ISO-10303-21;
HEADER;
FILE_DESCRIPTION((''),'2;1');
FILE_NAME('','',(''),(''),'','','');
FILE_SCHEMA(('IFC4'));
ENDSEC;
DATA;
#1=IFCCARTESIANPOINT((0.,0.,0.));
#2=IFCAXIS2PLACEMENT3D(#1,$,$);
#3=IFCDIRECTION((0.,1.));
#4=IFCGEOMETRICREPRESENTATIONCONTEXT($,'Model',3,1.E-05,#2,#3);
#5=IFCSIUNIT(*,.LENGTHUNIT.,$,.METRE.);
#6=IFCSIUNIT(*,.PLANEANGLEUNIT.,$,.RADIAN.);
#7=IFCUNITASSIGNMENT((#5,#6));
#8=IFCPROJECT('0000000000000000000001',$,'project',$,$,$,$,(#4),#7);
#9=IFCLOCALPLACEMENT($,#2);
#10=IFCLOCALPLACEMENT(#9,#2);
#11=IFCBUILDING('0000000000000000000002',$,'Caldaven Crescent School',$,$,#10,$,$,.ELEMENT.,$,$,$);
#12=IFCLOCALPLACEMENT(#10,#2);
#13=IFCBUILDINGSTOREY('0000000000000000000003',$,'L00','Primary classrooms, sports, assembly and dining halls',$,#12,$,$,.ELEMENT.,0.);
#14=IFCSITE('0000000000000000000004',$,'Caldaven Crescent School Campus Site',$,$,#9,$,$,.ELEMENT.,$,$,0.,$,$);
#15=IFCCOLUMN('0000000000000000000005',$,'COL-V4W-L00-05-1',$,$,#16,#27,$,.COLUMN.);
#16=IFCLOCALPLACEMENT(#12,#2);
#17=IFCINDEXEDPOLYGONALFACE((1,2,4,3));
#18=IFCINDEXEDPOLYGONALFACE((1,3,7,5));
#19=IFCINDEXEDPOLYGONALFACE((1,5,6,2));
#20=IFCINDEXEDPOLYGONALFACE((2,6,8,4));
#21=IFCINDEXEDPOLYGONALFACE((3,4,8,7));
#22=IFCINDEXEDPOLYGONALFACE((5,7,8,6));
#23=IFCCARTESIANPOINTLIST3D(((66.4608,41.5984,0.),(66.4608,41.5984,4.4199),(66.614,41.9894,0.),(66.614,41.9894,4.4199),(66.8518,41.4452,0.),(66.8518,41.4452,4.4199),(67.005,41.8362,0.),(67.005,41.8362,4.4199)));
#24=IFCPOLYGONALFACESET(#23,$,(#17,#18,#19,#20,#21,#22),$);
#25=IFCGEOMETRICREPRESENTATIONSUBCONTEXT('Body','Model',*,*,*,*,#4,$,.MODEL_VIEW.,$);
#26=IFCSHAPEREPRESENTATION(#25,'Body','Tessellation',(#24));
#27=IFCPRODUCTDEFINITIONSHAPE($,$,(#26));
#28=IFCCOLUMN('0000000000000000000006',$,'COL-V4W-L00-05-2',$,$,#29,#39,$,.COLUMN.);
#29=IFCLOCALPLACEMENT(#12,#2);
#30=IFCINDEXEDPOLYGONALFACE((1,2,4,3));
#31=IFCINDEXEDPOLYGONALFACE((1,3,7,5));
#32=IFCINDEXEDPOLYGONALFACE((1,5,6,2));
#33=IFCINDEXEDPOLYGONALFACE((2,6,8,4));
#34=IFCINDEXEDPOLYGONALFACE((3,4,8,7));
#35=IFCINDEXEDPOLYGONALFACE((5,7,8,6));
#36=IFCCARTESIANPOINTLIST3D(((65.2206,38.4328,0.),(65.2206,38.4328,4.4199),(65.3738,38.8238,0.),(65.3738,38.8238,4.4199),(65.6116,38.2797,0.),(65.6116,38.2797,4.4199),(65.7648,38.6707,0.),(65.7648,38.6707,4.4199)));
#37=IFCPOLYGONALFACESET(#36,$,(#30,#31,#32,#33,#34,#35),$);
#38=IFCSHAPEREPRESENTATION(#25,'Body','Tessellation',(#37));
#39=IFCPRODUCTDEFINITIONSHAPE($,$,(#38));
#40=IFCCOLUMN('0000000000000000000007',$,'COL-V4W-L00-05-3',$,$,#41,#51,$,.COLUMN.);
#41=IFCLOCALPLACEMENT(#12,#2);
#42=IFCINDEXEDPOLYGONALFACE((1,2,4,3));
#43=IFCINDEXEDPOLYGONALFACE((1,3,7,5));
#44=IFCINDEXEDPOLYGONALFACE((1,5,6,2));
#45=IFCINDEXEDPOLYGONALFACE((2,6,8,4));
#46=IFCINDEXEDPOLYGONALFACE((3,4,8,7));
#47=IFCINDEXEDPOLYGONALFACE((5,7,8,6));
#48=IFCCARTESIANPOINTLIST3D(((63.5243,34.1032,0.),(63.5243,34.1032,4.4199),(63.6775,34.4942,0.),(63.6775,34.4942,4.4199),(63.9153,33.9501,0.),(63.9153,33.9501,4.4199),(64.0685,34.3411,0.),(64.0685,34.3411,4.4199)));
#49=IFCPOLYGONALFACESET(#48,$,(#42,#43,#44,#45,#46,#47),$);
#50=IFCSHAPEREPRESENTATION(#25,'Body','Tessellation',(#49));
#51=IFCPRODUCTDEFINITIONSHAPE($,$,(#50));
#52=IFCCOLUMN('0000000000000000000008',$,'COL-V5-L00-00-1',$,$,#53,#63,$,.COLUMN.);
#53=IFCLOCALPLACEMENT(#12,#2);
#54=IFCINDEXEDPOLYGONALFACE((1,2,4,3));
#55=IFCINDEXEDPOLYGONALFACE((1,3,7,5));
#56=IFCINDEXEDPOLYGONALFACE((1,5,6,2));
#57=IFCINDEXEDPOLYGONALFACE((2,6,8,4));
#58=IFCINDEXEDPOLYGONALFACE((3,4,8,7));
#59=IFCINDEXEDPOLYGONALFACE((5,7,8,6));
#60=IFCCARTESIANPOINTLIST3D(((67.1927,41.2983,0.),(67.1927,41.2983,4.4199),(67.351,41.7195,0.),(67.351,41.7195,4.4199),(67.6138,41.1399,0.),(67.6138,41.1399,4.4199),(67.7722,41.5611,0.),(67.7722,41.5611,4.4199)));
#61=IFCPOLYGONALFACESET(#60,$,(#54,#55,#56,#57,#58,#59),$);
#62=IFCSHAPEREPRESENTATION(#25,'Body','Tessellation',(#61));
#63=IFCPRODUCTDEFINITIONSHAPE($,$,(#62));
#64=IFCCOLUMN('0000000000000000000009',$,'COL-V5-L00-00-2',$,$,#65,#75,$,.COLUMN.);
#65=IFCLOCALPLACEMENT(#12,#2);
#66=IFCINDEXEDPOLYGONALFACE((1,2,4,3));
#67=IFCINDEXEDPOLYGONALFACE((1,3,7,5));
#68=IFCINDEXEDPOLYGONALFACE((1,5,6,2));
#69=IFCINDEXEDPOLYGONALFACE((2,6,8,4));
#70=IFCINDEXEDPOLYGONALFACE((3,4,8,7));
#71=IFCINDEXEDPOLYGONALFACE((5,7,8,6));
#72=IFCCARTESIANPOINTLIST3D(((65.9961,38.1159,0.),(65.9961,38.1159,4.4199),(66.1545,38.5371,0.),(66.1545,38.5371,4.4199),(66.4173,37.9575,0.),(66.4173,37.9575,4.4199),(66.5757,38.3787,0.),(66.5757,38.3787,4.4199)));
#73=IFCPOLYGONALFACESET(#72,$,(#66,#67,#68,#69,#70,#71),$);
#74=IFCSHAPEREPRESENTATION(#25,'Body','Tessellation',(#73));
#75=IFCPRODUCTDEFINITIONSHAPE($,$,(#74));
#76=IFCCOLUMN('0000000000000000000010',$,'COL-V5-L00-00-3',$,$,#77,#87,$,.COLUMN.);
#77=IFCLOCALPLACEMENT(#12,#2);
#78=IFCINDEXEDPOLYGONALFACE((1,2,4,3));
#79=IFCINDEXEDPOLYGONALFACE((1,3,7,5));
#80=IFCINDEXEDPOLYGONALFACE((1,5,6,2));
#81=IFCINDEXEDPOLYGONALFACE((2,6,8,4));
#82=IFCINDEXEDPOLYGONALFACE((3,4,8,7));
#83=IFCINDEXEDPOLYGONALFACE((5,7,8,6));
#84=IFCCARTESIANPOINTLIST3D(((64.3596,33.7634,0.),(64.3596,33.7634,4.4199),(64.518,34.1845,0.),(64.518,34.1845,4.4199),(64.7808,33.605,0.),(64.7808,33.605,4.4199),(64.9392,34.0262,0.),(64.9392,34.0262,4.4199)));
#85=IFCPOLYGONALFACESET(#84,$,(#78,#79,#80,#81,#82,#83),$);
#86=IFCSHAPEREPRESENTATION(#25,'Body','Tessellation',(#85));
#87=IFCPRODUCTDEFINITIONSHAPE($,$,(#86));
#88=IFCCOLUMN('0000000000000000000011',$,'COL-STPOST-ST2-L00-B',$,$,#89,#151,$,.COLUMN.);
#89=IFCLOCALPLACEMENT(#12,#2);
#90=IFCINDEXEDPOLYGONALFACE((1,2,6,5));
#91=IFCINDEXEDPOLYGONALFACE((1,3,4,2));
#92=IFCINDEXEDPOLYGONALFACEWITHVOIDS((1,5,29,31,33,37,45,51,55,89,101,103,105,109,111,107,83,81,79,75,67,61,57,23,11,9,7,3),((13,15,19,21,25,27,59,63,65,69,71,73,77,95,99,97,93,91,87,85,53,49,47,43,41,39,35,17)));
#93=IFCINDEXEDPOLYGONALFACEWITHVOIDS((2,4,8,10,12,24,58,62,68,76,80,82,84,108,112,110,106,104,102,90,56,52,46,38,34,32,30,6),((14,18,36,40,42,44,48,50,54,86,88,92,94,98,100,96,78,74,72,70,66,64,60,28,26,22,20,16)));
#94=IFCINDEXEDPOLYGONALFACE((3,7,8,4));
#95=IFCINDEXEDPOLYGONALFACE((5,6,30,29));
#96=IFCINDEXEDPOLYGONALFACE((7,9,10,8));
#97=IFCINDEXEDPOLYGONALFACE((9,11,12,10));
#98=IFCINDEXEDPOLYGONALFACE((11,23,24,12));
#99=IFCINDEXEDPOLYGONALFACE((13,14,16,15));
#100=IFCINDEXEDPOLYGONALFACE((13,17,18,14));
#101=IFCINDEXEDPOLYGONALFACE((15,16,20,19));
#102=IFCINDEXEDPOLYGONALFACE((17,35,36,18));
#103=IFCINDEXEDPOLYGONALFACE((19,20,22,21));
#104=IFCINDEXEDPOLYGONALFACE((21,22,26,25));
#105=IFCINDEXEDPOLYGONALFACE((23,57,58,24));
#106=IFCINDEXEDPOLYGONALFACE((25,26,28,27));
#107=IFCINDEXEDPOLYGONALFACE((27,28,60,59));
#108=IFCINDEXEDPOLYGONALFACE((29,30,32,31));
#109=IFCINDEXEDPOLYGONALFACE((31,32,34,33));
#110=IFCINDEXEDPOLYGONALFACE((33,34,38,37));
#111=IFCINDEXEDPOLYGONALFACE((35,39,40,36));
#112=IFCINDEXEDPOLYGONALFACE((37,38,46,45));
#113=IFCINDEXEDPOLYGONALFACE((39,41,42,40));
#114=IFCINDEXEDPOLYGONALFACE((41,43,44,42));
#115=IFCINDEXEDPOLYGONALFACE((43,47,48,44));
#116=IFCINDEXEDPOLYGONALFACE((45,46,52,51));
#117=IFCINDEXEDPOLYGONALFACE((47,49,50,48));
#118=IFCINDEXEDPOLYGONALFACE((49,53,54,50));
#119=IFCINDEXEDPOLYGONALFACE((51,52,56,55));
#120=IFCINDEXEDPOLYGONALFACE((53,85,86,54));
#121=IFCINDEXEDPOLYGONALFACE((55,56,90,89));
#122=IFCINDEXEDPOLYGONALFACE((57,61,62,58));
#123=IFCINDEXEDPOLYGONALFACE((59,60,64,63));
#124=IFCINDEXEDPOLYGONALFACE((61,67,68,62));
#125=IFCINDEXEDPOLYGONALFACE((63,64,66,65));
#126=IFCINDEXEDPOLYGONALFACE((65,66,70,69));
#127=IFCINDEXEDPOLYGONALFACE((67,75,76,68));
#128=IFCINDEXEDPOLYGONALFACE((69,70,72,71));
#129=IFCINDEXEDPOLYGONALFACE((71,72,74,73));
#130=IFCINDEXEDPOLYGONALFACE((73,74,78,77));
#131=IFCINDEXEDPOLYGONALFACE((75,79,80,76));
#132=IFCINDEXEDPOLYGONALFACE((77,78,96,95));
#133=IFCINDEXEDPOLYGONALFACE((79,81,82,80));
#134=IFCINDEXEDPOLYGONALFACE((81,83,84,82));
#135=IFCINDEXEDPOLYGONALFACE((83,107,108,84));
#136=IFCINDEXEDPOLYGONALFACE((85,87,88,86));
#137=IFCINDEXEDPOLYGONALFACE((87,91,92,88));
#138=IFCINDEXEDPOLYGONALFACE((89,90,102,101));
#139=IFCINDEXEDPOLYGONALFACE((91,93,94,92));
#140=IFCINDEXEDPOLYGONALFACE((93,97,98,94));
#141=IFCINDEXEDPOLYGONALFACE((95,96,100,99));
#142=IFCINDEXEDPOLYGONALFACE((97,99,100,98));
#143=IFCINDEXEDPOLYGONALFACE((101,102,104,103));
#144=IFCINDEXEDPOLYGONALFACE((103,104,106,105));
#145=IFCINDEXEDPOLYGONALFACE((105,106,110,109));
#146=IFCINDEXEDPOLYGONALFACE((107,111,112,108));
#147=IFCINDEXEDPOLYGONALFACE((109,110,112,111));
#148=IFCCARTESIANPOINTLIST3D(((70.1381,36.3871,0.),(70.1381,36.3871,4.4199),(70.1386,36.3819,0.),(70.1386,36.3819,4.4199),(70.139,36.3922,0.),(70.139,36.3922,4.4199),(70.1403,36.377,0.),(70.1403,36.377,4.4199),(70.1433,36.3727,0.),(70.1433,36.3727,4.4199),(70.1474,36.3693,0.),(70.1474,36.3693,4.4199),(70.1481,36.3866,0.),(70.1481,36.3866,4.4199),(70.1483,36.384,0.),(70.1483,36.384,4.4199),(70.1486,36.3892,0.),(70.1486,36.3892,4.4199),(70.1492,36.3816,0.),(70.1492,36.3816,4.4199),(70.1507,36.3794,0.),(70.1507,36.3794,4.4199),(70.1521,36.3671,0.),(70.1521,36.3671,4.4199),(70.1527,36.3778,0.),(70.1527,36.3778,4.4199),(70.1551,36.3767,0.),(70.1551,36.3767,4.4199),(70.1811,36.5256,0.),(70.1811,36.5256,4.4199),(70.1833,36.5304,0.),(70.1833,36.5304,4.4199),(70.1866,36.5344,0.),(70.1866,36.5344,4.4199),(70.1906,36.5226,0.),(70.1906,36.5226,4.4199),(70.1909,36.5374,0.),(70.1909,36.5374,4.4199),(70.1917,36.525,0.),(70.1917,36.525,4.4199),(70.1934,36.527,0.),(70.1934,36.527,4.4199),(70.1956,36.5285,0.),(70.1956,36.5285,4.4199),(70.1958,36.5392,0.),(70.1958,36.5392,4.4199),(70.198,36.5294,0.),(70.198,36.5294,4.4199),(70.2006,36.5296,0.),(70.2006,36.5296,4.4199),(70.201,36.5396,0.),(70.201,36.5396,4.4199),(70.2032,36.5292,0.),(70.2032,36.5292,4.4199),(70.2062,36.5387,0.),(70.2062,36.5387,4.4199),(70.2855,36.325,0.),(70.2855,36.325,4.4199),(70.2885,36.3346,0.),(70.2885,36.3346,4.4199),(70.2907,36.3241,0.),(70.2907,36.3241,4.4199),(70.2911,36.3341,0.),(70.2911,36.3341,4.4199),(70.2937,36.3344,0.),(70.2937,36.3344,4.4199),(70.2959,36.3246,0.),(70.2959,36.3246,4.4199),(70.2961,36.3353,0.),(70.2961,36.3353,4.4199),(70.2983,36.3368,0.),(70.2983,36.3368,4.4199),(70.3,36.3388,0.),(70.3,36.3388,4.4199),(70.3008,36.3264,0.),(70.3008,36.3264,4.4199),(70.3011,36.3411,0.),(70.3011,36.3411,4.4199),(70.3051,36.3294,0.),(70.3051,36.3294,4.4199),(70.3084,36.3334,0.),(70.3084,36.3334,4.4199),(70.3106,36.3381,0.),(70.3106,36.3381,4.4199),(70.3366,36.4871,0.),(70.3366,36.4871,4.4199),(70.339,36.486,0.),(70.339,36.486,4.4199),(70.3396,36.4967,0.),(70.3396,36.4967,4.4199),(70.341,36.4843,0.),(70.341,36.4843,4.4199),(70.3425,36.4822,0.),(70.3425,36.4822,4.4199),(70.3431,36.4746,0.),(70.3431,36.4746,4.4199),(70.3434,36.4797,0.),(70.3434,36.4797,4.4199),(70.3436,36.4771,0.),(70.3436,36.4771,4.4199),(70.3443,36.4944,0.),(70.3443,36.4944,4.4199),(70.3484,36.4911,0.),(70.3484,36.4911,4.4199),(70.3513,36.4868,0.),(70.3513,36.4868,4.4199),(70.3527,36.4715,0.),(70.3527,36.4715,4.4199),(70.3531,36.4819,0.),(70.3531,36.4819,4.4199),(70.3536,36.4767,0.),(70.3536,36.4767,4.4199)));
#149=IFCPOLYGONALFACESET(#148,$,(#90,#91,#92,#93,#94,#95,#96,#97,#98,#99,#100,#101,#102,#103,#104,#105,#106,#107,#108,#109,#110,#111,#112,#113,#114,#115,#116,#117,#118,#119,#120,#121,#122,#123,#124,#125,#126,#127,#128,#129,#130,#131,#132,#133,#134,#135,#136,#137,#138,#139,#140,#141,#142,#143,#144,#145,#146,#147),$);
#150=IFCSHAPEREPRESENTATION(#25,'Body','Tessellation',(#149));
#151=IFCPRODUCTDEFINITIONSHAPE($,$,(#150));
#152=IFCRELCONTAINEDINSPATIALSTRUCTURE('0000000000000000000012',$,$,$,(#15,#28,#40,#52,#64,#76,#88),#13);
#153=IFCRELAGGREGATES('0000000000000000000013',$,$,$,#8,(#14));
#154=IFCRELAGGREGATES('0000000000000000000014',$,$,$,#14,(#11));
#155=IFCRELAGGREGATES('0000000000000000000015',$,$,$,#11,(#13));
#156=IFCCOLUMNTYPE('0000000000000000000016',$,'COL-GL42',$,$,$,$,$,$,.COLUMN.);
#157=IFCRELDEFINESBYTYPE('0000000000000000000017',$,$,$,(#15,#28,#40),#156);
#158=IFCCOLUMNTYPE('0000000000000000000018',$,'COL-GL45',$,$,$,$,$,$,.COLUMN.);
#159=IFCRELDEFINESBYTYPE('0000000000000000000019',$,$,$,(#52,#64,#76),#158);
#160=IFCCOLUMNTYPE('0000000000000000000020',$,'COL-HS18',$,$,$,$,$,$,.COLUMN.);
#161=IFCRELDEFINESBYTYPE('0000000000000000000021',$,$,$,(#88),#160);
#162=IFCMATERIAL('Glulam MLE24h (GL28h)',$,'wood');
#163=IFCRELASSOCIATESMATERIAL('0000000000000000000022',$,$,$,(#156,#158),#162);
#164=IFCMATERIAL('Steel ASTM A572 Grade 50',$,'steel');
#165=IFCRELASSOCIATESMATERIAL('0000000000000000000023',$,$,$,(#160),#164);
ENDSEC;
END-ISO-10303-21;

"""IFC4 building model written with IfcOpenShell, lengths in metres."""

from ifc_helpers import new_model, si_unit, direction, frame, origin, origin_2d, place, context, subcontext, project, spatial, rectangle, hollow_rectangle, extrude, material, material_profile, profile_set, type_object, element, save


model = new_model("IFC4")

# Units and contexts
model_context = context("Model", 3, precision=1e-05, world=origin(), true_north=direction((0.0, 1.0)))
body_context = subcontext(model_context, "Body", "Model", "MODEL_VIEW")
ifc_project = project(units=[si_unit("LENGTHUNIT", "METRE"), si_unit("PLANEANGLEUNIT", "RADIAN")], contexts=[model_context])

# Site, building, storey
site_placement = place(None, origin())
site = spatial("IfcSite", under=ifc_project, at=site_placement, Name="Caldaven Crescent School Campus Site", CompositionType="ELEMENT", RefElevation=0.0)
building_placement = place(site_placement, origin())
building = spatial("IfcBuilding", under=site, at=building_placement, Name="Caldaven Crescent School", CompositionType="ELEMENT")
storey_placement = place(building_placement, origin())
storey = spatial("IfcBuildingStorey", under=building, at=storey_placement, Name="L00", Description="Primary classrooms, sports, assembly and dining halls", CompositionType="ELEMENT", Elevation=0.0)

# Columns
ifc_material_1 = material(Name="Glulam MLE24h (GL28h)", Category="wood")
ifc_material_profile_1 = material_profile(ifc_material_1, rectangle(XDim=0.4199, YDim=0.4199, at=origin_2d()), Name="MLE 420x420")
ifc_profile_set_1 = profile_set([ifc_material_profile_1], Name="Glulam MLE24h (GL28h)")
column_type_1 = type_object("IfcColumnType", Name="COL-GL42", PredefinedType="COLUMN", material=ifc_profile_set_1)
for number, where, z_axis, x_axis, name in (
    (1, (66.7329, 41.7173, 0.0), (0.0, 0.0, 1.0), (-0.364714, -0.931119, 0.0), "COL-V4W-L00-05-1"),
    (2, (65.4927, 38.5518, 0.0), (0.0, 0.0, 1.0), (-0.364714, -0.931119, 0.0), "COL-V4W-L00-05-2"),
    (3, (63.7964, 34.2222, 0.0), (0.0, 0.0, 1.0), (-0.364714, -0.931119, 0.0), "COL-V4W-L00-05-3"),
):
    element("IfcColumn", number, at=place(storey_placement, frame(where, z_axis=z_axis, x_axis=x_axis)), inside=storey, type_object=column_type_1, Name=name, PredefinedType="COLUMN", context=body_context, shape_type="SweptSolid", body=[
        extrude(rectangle(XDim=0.4199, YDim=0.4199, at=origin_2d()), origin(), (0.0, 0.0, 1.0), 4.4199),
    ])
ifc_material_profile_2 = material_profile(ifc_material_1, rectangle(XDim=0.45, YDim=0.45, at=origin_2d()), Name="MLE 450x450")
ifc_profile_set_2 = profile_set([ifc_material_profile_2], Name="Glulam MLE24h (GL28h)")
column_type_2 = type_object("IfcColumnType", Name="COL-GL45", PredefinedType="COLUMN", material=ifc_profile_set_2)
for number, where, z_axis, x_axis, name in (
    (4, (67.4824, 41.4297, 0.0), (0.0, 0.0, 1.0), (-0.352005, -0.935998, 0.0), "COL-V5-L00-00-1"),
    (5, (66.2859, 38.2473, 0.0), (0.0, 0.0, 1.0), (-0.352005, -0.935998, 0.0), "COL-V5-L00-00-2"),
    (6, (64.6494, 33.8948, 0.0), (0.0, 0.0, 1.0), (-0.352005, -0.935998, 0.0), "COL-V5-L00-00-3"),
):
    element("IfcColumn", number, at=place(storey_placement, frame(where, z_axis=z_axis, x_axis=x_axis)), inside=storey, type_object=column_type_2, Name=name, PredefinedType="COLUMN", context=body_context, shape_type="SweptSolid", body=[
        extrude(rectangle(XDim=0.45, YDim=0.45, at=origin_2d()), origin(), (0.0, 0.0, 1.0), 4.4199),
    ])
ifc_material_2 = material(Name="Steel ASTM A572 Grade 50", Category="steel")
ifc_material_profile_3 = material_profile(ifc_material_2, hollow_rectangle(XDim=0.1799, YDim=0.1799, WallThickness=0.01, InnerFilletRadius=0.01, OuterFilletRadius=0.02, at=origin_2d()), Name="HSS 180x180x10")
ifc_profile_set_3 = profile_set([ifc_material_profile_3], Name="Steel ASTM A572 Grade 50")
column_type_3 = type_object("IfcColumnType", Name="COL-HS18", PredefinedType="COLUMN", material=ifc_profile_set_3)
for number, where, z_axis, x_axis, name in (
    (7, (70.2458, 36.4319, 0.0), (0.0, 0.0, 1.0), (0.953717, -0.300706, 0.0), "COL-STPOST-ST2-L00-B"),
):
    element("IfcColumn", number, at=place(storey_placement, frame(where, z_axis=z_axis, x_axis=x_axis)), inside=storey, type_object=column_type_3, Name=name, PredefinedType="COLUMN", context=body_context, shape_type="SweptSolid", body=[
        extrude(hollow_rectangle(XDim=0.1799, YDim=0.1799, WallThickness=0.01, InnerFilletRadius=0.01, OuterFilletRadius=0.02, at=origin_2d()), origin(), (0.0, 0.0, 1.0), 4.4199),
    ])

save(model, "model.ifc")
